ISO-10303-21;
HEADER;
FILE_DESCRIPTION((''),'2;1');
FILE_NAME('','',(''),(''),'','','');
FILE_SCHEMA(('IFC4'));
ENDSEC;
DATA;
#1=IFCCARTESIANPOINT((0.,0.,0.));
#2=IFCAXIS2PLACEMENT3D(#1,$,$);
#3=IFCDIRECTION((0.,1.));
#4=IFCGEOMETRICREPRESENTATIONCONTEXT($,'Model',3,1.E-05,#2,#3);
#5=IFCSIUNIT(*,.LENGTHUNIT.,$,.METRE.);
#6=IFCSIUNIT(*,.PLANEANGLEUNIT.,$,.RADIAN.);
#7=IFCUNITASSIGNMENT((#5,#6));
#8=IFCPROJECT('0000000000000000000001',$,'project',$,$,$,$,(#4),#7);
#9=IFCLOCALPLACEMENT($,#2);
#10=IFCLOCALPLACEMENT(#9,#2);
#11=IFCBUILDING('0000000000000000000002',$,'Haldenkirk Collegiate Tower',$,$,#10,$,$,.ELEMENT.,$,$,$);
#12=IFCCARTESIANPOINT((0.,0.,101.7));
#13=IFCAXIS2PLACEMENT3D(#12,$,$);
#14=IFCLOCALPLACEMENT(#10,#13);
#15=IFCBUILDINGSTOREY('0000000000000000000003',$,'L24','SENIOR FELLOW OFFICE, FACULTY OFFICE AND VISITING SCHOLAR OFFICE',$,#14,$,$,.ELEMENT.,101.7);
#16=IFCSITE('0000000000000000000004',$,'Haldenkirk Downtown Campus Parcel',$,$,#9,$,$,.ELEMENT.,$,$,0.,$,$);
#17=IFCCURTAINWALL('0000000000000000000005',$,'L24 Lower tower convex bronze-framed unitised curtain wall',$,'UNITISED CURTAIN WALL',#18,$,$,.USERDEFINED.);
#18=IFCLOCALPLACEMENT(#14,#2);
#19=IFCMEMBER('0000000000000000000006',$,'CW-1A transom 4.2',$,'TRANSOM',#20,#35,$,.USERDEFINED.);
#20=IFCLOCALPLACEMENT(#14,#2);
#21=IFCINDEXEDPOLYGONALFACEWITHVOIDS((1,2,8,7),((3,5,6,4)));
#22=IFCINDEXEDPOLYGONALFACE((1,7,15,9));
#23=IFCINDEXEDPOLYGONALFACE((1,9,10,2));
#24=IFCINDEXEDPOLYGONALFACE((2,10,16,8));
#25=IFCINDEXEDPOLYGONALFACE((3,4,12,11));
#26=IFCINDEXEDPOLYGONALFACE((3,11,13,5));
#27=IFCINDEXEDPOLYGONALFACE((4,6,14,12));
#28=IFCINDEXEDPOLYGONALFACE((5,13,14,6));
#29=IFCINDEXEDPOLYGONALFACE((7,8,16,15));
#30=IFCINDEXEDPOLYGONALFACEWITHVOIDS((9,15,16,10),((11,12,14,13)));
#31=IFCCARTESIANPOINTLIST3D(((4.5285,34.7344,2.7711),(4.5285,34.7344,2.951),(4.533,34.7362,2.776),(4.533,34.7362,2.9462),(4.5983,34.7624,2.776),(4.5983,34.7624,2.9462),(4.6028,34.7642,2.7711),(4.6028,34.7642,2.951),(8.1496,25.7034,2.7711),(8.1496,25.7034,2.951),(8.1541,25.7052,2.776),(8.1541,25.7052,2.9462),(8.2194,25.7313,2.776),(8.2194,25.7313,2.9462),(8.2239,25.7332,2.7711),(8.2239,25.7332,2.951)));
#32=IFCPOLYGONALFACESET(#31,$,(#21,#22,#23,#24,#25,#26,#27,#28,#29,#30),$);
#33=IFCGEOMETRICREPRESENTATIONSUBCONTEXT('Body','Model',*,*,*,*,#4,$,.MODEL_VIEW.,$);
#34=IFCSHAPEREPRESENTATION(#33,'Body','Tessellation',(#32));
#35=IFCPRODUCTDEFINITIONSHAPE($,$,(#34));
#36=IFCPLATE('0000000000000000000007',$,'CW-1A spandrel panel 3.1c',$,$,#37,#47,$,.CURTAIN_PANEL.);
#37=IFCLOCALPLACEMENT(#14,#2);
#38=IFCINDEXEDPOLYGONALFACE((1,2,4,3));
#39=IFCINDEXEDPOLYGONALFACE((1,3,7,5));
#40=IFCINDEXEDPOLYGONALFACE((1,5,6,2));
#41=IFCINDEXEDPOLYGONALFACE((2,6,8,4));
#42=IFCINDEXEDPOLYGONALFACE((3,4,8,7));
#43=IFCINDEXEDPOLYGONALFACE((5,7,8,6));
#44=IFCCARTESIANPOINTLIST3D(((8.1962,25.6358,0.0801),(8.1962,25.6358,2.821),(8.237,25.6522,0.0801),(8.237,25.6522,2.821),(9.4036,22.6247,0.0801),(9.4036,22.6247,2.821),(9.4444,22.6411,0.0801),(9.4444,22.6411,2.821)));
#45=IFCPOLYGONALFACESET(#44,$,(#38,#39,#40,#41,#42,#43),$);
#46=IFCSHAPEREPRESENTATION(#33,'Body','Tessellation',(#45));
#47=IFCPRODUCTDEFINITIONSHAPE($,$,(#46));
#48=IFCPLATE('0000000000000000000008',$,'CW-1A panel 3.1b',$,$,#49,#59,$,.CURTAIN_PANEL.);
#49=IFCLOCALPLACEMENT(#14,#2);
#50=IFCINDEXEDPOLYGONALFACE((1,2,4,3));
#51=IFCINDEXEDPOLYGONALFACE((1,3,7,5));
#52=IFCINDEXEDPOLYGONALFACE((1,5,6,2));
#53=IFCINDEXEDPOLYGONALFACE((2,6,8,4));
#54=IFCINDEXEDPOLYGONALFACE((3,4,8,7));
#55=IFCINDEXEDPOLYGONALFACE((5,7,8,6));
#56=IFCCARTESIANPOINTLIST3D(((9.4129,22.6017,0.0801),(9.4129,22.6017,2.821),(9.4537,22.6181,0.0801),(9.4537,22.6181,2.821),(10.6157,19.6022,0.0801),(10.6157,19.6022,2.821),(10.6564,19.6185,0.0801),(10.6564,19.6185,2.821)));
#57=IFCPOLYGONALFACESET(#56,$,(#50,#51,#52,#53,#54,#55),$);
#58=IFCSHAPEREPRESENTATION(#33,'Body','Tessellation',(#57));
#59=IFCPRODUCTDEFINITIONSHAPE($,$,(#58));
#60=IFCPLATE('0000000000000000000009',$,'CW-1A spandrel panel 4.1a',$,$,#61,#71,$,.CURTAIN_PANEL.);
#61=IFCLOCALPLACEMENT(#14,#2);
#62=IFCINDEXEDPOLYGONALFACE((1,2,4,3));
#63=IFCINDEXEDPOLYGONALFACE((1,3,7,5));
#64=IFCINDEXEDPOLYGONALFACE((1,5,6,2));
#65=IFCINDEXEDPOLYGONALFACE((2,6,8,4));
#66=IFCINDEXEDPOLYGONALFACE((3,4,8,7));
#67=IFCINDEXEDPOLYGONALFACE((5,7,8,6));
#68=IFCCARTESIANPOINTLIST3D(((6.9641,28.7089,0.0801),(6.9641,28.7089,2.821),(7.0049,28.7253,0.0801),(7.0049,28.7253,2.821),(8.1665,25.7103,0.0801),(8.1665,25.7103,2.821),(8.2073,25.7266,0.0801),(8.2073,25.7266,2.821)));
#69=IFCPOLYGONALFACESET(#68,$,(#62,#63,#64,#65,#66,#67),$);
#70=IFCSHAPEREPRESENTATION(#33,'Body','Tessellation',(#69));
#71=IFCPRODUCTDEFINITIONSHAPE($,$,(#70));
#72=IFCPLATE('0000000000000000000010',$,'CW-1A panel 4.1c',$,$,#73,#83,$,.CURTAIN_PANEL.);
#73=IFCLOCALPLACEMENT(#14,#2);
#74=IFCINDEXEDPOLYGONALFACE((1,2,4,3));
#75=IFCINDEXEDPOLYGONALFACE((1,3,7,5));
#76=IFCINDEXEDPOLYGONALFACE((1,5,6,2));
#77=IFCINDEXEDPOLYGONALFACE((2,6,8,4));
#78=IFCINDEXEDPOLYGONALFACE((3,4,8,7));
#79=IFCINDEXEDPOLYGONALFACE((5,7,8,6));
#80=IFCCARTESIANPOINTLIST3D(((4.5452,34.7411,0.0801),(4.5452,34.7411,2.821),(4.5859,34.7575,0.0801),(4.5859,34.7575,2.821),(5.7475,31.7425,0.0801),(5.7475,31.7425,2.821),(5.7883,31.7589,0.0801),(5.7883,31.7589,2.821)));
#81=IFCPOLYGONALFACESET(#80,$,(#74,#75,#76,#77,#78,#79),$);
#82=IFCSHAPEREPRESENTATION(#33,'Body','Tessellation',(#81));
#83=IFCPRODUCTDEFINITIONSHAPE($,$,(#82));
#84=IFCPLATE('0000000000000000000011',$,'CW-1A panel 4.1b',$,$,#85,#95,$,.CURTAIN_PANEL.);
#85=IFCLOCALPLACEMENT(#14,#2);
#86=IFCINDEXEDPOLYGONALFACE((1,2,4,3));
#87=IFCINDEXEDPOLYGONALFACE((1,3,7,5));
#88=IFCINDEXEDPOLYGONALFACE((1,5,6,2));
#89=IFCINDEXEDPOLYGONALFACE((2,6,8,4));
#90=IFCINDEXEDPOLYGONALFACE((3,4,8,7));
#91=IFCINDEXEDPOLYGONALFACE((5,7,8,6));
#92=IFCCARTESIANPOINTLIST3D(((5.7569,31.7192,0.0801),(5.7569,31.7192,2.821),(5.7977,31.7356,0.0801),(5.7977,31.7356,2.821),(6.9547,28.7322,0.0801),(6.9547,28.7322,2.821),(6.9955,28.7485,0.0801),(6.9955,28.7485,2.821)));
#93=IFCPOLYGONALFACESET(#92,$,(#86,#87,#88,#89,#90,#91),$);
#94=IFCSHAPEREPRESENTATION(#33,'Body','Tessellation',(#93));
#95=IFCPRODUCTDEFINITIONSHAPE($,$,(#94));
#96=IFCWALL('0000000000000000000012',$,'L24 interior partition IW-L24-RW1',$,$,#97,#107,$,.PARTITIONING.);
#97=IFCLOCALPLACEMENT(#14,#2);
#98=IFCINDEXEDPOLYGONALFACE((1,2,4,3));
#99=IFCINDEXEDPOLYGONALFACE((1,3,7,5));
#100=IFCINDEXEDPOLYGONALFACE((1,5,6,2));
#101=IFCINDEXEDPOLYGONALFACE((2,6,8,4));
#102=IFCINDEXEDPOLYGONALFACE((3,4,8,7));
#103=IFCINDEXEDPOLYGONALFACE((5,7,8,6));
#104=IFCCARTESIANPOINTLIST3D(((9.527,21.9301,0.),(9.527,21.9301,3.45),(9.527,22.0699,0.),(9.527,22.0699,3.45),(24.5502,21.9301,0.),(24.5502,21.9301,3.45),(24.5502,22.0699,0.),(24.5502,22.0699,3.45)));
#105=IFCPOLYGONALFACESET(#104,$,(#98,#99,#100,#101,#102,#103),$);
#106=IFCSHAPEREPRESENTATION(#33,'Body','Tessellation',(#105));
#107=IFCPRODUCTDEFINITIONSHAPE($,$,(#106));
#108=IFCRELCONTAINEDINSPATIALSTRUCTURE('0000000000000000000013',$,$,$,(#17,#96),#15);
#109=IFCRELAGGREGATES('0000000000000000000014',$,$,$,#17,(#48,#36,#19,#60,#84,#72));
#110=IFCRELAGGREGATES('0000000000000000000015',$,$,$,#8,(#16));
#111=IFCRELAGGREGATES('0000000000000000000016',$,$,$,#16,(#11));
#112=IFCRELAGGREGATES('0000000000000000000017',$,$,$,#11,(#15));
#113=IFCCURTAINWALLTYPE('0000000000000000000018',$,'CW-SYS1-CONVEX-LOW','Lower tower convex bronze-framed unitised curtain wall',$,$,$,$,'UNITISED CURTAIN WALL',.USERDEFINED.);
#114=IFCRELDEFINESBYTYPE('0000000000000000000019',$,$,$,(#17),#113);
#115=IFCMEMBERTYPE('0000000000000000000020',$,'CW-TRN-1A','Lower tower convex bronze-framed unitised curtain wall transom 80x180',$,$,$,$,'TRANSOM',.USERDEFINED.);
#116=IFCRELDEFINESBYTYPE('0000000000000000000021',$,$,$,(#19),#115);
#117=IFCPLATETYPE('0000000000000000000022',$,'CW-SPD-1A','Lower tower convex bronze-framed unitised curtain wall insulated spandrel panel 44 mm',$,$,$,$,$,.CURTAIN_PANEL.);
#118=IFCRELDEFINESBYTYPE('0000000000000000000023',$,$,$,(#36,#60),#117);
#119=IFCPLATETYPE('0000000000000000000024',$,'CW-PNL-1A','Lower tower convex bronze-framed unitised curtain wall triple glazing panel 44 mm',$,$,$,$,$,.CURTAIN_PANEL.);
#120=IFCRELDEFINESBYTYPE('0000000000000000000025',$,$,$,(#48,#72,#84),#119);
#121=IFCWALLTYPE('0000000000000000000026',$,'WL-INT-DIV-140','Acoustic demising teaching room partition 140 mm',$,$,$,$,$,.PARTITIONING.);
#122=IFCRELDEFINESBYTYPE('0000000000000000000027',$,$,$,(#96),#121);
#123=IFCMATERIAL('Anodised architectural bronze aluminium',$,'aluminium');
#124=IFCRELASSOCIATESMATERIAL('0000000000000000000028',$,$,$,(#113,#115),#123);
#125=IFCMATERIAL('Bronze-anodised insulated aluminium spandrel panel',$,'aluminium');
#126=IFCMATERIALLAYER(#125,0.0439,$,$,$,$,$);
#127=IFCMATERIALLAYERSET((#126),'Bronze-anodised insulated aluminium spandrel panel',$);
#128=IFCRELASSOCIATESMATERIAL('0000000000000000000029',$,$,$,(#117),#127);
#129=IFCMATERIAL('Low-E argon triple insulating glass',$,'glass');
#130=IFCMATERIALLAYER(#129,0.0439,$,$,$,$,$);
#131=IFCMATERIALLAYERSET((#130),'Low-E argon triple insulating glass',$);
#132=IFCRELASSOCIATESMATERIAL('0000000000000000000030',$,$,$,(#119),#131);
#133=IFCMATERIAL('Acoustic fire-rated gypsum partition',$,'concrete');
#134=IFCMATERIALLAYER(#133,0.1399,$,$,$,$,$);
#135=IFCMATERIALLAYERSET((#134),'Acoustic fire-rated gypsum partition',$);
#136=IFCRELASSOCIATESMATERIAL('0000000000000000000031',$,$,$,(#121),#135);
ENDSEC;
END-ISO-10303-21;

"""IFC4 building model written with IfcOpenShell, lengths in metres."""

from ifc_helpers import new_model, si_unit, direction, frame, frame_2d, origin, origin_2d, place, context, subcontext, project, spatial, rectangle, hollow_rectangle, extrude, source, transform, mapped, material, layer, layer_set, material_profile, profile_set, type_object, element, aggregate, save


model = new_model("IFC4")

# Units and contexts
model_context = context("Model", 3, precision=1e-05, world=origin(), true_north=direction((0.0, 1.0)))
body_context = subcontext(model_context, "Body", "Model", "MODEL_VIEW")
ifc_project = project(units=[si_unit("LENGTHUNIT", "METRE"), si_unit("PLANEANGLEUNIT", "RADIAN")], contexts=[model_context])

# Site, building, storey
site_placement = place(None, origin())
site = spatial("IfcSite", under=ifc_project, at=site_placement, Name="Haldenkirk Downtown Campus Parcel", CompositionType="ELEMENT", RefElevation=0.0)
building_placement = place(site_placement, origin())
building = spatial("IfcBuilding", under=site, at=building_placement, Name="Haldenkirk Collegiate Tower", CompositionType="ELEMENT")
storey_placement = place(building_placement, frame((0.0, 0.0, 101.7)))
storey = spatial("IfcBuildingStorey", under=building, at=storey_placement, Name="L24", Description="SENIOR FELLOW OFFICE, FACULTY OFFICE AND VISITING SCHOLAR OFFICE", CompositionType="ELEMENT", Elevation=101.7)

# Curtain wall, member, plates
ifc_material_1 = material(Name="Anodised architectural bronze aluminium", Category="aluminium")
curtain_wall_type = type_object("IfcCurtainWallType", Name="CW-SYS1-CONVEX-LOW", Description="Lower tower convex bronze-framed unitised curtain wall", ElementType="UNITISED CURTAIN WALL", PredefinedType="USERDEFINED", material=ifc_material_1)
curtain_wall_placement = place(storey_placement, origin())
curtain_wall = element("IfcCurtainWall", 1, at=curtain_wall_placement, inside=storey, type_object=curtain_wall_type, Name="L24 Lower tower convex bronze-framed unitised curtain wall", ObjectType="UNITISED CURTAIN WALL", PredefinedType="USERDEFINED")
ifc_material_profile_1 = material_profile(ifc_material_1, hollow_rectangle(XDim=0.0801, YDim=0.1799, WallThickness=0.0049, at=origin_2d()), Name="CW-TRN-1A")
ifc_profile_set_1 = profile_set([ifc_material_profile_1], Name="Anodised architectural bronze aluminium")
member_type_1 = type_object("IfcMemberType", Name="CW-TRN-1A", Description="Lower tower convex bronze-framed unitised curtain wall transom 80x180", ElementType="TRANSOM", PredefinedType="USERDEFINED", material=ifc_profile_set_1)
member_1_placement = place(storey_placement, frame((8.1868, 25.7183, 2.8611), z_axis=(-0.372161, 0.928168, 0.0), x_axis=(-0.928168, -0.372161, 0.0)))
member_1 = element("IfcMember", 2, at=member_1_placement, type_object=member_type_1, Name="CW-1A transom 4.2", ObjectType="TRANSOM", PredefinedType="USERDEFINED", context=body_context, shape_type="SweptSolid", body=[
    extrude(hollow_rectangle(XDim=0.0801, YDim=0.1799, WallThickness=0.0049, at=origin_2d()), origin(), (0.0, 0.0, 1.0), 9.73),
])
ifc_material_2 = material(Name="Bronze-anodised insulated aluminium spandrel panel", Category="aluminium")
ifc_layer_1 = layer(ifc_material_2, 0.0439)
ifc_layer_set_1 = layer_set([ifc_layer_1], Name="Bronze-anodised insulated aluminium spandrel panel")
plate_type_1 = type_object("IfcPlateType", Name="CW-SPD-1A", Description="Lower tower convex bronze-framed unitised curtain wall insulated spandrel panel 44 mm", PredefinedType="CURTAIN_PANEL", material=ifc_layer_set_1)
shared_shape_1 = source(origin(), body_context, "Body", "SweptSolid", [
    extrude(rectangle(XDim=3.2441, YDim=0.0439, at=origin_2d()), origin(), (0.0, 0.0, 1.0), 2.741),
])
plate_1_placement = place(storey_placement, frame((8.8203, 24.1384, 0.0801), z_axis=(0.0, 0.0, 1.0), x_axis=(-0.372175, 0.928163, 0.0)))
plate_1 = element("IfcPlate", 3, at=plate_1_placement, type_object=plate_type_1, Name="CW-1A spandrel panel 3.1c", PredefinedType="CURTAIN_PANEL", context=body_context, shape_type="MappedRepresentation", body=[
    mapped(shared_shape_1, transform((0.0, 0.0, 0.0), x_axis=(1.0, 0.0, 0.0), y_axis=(0.0, 1.0, 0.0), z_axis=(0.0, 0.0, 1.0), scale=1.0)),
])
ifc_material_3 = material(Name="Low-E argon triple insulating glass", Category="glass")
ifc_layer_2 = layer(ifc_material_3, 0.0439)
ifc_layer_set_2 = layer_set([ifc_layer_2], Name="Low-E argon triple insulating glass")
plate_type_2 = type_object("IfcPlateType", Name="CW-PNL-1A", Description="Lower tower convex bronze-framed unitised curtain wall triple glazing panel 44 mm", PredefinedType="CURTAIN_PANEL", material=ifc_layer_set_2)
shared_shape_2 = source(origin(), body_context, "Body", "SweptSolid", [
    extrude(rectangle(XDim=3.2317, YDim=0.0439, at=origin_2d()), origin(), (0.0, 0.0, 1.0), 2.741),
])
plate_2_placement = place(storey_placement, frame((10.0347, 21.1101, 0.0801), z_axis=(0.0, 0.0, 1.0), x_axis=(-0.372175, 0.928163, 0.0)))
plate_2 = element("IfcPlate", 4, at=plate_2_placement, type_object=plate_type_2, Name="CW-1A panel 3.1b", PredefinedType="CURTAIN_PANEL", context=body_context, shape_type="MappedRepresentation", body=[
    mapped(shared_shape_2, transform((0.0, 0.0, 0.0), x_axis=(1.0, 0.0, 0.0), y_axis=(0.0, 1.0, 0.0), z_axis=(0.0, 0.0, 1.0), scale=1.0)),
])
shared_shape_3 = source(origin(), body_context, "Body", "SweptSolid", [
    extrude(rectangle(XDim=3.2307, YDim=0.0439, at=origin_2d()), origin(), (0.0, 0.0, 1.0), 2.741),
])
plate_3_placement = place(storey_placement, frame((7.5857, 27.2178, 0.0801), z_axis=(0.0, 0.0, 1.0), x_axis=(-0.372175, 0.928163, 0.0)))
plate_3 = element("IfcPlate", 5, at=plate_3_placement, type_object=plate_type_1, Name="CW-1A spandrel panel 4.1a", PredefinedType="CURTAIN_PANEL", context=body_context, shape_type="MappedRepresentation", body=[
    mapped(shared_shape_3, transform((0.0, 0.0, 0.0), x_axis=(1.0, 0.0, 0.0), y_axis=(0.0, 1.0, 0.0), z_axis=(0.0, 0.0, 1.0), scale=1.0)),
])
plate_4_placement = place(storey_placement, frame((5.1667, 33.25, 0.0801), z_axis=(0.0, 0.0, 1.0), x_axis=(-0.372175, 0.928163, 0.0)))
plate_4 = element("IfcPlate", 6, at=plate_4_placement, type_object=plate_type_2, Name="CW-1A panel 4.1c", PredefinedType="CURTAIN_PANEL", context=body_context, shape_type="MappedRepresentation", body=[
    mapped(shared_shape_3, transform((0.0, 0.0, 0.0), x_axis=(1.0, 0.0, 0.0), y_axis=(0.0, 1.0, 0.0), z_axis=(0.0, 0.0, 1.0), scale=1.0)),
])
shared_shape_4 = source(origin(), body_context, "Body", "SweptSolid", [
    extrude(rectangle(XDim=3.2183, YDim=0.0439, at=origin_2d()), origin(), (0.0, 0.0, 1.0), 2.741),
])
plate_5_placement = place(storey_placement, frame((6.3762, 30.2339, 0.0801), z_axis=(0.0, 0.0, 1.0), x_axis=(-0.372175, 0.928163, 0.0)))
plate_5 = element("IfcPlate", 7, at=plate_5_placement, type_object=plate_type_2, Name="CW-1A panel 4.1b", PredefinedType="CURTAIN_PANEL", context=body_context, shape_type="MappedRepresentation", body=[
    mapped(shared_shape_4, transform((0.0, 0.0, 0.0), x_axis=(1.0, 0.0, 0.0), y_axis=(0.0, 1.0, 0.0), z_axis=(0.0, 0.0, 1.0), scale=1.0)),
])
aggregate(curtain_wall, [plate_2, plate_1, member_1, plate_3, plate_5, plate_4])

# Shared definitions
ifc_material_4 = material(Name="Acoustic fire-rated gypsum partition", Category="concrete")

# Wall
ifc_layer_3 = layer(ifc_material_4, 0.1399)
ifc_layer_set_3 = layer_set([ifc_layer_3], Name="Acoustic fire-rated gypsum partition")
wall_type_1 = type_object("IfcWallType", Name="WL-INT-DIV-140", Description="Acoustic demising teaching room partition 140 mm", PredefinedType="PARTITIONING", material=ifc_layer_set_3)
wall_1_placement = place(storey_placement, frame((9.5269, 22.0, 0.0), z_axis=(0.0, 0.0, 1.0), x_axis=(1.0, 0.0, 0.0)))
element("IfcWall", 8, at=wall_1_placement, inside=storey, type_object=wall_type_1, Name="L24 interior partition IW-L24-RW1", PredefinedType="PARTITIONING", context=body_context, shape_type="SweptSolid", body=[
    extrude(rectangle(XDim=15.0232, YDim=0.1399, at=frame_2d((7.5117, 0.0))), origin(), (0.0, 0.0, 1.0), 3.45),
])

save(model, "model.ifc")
